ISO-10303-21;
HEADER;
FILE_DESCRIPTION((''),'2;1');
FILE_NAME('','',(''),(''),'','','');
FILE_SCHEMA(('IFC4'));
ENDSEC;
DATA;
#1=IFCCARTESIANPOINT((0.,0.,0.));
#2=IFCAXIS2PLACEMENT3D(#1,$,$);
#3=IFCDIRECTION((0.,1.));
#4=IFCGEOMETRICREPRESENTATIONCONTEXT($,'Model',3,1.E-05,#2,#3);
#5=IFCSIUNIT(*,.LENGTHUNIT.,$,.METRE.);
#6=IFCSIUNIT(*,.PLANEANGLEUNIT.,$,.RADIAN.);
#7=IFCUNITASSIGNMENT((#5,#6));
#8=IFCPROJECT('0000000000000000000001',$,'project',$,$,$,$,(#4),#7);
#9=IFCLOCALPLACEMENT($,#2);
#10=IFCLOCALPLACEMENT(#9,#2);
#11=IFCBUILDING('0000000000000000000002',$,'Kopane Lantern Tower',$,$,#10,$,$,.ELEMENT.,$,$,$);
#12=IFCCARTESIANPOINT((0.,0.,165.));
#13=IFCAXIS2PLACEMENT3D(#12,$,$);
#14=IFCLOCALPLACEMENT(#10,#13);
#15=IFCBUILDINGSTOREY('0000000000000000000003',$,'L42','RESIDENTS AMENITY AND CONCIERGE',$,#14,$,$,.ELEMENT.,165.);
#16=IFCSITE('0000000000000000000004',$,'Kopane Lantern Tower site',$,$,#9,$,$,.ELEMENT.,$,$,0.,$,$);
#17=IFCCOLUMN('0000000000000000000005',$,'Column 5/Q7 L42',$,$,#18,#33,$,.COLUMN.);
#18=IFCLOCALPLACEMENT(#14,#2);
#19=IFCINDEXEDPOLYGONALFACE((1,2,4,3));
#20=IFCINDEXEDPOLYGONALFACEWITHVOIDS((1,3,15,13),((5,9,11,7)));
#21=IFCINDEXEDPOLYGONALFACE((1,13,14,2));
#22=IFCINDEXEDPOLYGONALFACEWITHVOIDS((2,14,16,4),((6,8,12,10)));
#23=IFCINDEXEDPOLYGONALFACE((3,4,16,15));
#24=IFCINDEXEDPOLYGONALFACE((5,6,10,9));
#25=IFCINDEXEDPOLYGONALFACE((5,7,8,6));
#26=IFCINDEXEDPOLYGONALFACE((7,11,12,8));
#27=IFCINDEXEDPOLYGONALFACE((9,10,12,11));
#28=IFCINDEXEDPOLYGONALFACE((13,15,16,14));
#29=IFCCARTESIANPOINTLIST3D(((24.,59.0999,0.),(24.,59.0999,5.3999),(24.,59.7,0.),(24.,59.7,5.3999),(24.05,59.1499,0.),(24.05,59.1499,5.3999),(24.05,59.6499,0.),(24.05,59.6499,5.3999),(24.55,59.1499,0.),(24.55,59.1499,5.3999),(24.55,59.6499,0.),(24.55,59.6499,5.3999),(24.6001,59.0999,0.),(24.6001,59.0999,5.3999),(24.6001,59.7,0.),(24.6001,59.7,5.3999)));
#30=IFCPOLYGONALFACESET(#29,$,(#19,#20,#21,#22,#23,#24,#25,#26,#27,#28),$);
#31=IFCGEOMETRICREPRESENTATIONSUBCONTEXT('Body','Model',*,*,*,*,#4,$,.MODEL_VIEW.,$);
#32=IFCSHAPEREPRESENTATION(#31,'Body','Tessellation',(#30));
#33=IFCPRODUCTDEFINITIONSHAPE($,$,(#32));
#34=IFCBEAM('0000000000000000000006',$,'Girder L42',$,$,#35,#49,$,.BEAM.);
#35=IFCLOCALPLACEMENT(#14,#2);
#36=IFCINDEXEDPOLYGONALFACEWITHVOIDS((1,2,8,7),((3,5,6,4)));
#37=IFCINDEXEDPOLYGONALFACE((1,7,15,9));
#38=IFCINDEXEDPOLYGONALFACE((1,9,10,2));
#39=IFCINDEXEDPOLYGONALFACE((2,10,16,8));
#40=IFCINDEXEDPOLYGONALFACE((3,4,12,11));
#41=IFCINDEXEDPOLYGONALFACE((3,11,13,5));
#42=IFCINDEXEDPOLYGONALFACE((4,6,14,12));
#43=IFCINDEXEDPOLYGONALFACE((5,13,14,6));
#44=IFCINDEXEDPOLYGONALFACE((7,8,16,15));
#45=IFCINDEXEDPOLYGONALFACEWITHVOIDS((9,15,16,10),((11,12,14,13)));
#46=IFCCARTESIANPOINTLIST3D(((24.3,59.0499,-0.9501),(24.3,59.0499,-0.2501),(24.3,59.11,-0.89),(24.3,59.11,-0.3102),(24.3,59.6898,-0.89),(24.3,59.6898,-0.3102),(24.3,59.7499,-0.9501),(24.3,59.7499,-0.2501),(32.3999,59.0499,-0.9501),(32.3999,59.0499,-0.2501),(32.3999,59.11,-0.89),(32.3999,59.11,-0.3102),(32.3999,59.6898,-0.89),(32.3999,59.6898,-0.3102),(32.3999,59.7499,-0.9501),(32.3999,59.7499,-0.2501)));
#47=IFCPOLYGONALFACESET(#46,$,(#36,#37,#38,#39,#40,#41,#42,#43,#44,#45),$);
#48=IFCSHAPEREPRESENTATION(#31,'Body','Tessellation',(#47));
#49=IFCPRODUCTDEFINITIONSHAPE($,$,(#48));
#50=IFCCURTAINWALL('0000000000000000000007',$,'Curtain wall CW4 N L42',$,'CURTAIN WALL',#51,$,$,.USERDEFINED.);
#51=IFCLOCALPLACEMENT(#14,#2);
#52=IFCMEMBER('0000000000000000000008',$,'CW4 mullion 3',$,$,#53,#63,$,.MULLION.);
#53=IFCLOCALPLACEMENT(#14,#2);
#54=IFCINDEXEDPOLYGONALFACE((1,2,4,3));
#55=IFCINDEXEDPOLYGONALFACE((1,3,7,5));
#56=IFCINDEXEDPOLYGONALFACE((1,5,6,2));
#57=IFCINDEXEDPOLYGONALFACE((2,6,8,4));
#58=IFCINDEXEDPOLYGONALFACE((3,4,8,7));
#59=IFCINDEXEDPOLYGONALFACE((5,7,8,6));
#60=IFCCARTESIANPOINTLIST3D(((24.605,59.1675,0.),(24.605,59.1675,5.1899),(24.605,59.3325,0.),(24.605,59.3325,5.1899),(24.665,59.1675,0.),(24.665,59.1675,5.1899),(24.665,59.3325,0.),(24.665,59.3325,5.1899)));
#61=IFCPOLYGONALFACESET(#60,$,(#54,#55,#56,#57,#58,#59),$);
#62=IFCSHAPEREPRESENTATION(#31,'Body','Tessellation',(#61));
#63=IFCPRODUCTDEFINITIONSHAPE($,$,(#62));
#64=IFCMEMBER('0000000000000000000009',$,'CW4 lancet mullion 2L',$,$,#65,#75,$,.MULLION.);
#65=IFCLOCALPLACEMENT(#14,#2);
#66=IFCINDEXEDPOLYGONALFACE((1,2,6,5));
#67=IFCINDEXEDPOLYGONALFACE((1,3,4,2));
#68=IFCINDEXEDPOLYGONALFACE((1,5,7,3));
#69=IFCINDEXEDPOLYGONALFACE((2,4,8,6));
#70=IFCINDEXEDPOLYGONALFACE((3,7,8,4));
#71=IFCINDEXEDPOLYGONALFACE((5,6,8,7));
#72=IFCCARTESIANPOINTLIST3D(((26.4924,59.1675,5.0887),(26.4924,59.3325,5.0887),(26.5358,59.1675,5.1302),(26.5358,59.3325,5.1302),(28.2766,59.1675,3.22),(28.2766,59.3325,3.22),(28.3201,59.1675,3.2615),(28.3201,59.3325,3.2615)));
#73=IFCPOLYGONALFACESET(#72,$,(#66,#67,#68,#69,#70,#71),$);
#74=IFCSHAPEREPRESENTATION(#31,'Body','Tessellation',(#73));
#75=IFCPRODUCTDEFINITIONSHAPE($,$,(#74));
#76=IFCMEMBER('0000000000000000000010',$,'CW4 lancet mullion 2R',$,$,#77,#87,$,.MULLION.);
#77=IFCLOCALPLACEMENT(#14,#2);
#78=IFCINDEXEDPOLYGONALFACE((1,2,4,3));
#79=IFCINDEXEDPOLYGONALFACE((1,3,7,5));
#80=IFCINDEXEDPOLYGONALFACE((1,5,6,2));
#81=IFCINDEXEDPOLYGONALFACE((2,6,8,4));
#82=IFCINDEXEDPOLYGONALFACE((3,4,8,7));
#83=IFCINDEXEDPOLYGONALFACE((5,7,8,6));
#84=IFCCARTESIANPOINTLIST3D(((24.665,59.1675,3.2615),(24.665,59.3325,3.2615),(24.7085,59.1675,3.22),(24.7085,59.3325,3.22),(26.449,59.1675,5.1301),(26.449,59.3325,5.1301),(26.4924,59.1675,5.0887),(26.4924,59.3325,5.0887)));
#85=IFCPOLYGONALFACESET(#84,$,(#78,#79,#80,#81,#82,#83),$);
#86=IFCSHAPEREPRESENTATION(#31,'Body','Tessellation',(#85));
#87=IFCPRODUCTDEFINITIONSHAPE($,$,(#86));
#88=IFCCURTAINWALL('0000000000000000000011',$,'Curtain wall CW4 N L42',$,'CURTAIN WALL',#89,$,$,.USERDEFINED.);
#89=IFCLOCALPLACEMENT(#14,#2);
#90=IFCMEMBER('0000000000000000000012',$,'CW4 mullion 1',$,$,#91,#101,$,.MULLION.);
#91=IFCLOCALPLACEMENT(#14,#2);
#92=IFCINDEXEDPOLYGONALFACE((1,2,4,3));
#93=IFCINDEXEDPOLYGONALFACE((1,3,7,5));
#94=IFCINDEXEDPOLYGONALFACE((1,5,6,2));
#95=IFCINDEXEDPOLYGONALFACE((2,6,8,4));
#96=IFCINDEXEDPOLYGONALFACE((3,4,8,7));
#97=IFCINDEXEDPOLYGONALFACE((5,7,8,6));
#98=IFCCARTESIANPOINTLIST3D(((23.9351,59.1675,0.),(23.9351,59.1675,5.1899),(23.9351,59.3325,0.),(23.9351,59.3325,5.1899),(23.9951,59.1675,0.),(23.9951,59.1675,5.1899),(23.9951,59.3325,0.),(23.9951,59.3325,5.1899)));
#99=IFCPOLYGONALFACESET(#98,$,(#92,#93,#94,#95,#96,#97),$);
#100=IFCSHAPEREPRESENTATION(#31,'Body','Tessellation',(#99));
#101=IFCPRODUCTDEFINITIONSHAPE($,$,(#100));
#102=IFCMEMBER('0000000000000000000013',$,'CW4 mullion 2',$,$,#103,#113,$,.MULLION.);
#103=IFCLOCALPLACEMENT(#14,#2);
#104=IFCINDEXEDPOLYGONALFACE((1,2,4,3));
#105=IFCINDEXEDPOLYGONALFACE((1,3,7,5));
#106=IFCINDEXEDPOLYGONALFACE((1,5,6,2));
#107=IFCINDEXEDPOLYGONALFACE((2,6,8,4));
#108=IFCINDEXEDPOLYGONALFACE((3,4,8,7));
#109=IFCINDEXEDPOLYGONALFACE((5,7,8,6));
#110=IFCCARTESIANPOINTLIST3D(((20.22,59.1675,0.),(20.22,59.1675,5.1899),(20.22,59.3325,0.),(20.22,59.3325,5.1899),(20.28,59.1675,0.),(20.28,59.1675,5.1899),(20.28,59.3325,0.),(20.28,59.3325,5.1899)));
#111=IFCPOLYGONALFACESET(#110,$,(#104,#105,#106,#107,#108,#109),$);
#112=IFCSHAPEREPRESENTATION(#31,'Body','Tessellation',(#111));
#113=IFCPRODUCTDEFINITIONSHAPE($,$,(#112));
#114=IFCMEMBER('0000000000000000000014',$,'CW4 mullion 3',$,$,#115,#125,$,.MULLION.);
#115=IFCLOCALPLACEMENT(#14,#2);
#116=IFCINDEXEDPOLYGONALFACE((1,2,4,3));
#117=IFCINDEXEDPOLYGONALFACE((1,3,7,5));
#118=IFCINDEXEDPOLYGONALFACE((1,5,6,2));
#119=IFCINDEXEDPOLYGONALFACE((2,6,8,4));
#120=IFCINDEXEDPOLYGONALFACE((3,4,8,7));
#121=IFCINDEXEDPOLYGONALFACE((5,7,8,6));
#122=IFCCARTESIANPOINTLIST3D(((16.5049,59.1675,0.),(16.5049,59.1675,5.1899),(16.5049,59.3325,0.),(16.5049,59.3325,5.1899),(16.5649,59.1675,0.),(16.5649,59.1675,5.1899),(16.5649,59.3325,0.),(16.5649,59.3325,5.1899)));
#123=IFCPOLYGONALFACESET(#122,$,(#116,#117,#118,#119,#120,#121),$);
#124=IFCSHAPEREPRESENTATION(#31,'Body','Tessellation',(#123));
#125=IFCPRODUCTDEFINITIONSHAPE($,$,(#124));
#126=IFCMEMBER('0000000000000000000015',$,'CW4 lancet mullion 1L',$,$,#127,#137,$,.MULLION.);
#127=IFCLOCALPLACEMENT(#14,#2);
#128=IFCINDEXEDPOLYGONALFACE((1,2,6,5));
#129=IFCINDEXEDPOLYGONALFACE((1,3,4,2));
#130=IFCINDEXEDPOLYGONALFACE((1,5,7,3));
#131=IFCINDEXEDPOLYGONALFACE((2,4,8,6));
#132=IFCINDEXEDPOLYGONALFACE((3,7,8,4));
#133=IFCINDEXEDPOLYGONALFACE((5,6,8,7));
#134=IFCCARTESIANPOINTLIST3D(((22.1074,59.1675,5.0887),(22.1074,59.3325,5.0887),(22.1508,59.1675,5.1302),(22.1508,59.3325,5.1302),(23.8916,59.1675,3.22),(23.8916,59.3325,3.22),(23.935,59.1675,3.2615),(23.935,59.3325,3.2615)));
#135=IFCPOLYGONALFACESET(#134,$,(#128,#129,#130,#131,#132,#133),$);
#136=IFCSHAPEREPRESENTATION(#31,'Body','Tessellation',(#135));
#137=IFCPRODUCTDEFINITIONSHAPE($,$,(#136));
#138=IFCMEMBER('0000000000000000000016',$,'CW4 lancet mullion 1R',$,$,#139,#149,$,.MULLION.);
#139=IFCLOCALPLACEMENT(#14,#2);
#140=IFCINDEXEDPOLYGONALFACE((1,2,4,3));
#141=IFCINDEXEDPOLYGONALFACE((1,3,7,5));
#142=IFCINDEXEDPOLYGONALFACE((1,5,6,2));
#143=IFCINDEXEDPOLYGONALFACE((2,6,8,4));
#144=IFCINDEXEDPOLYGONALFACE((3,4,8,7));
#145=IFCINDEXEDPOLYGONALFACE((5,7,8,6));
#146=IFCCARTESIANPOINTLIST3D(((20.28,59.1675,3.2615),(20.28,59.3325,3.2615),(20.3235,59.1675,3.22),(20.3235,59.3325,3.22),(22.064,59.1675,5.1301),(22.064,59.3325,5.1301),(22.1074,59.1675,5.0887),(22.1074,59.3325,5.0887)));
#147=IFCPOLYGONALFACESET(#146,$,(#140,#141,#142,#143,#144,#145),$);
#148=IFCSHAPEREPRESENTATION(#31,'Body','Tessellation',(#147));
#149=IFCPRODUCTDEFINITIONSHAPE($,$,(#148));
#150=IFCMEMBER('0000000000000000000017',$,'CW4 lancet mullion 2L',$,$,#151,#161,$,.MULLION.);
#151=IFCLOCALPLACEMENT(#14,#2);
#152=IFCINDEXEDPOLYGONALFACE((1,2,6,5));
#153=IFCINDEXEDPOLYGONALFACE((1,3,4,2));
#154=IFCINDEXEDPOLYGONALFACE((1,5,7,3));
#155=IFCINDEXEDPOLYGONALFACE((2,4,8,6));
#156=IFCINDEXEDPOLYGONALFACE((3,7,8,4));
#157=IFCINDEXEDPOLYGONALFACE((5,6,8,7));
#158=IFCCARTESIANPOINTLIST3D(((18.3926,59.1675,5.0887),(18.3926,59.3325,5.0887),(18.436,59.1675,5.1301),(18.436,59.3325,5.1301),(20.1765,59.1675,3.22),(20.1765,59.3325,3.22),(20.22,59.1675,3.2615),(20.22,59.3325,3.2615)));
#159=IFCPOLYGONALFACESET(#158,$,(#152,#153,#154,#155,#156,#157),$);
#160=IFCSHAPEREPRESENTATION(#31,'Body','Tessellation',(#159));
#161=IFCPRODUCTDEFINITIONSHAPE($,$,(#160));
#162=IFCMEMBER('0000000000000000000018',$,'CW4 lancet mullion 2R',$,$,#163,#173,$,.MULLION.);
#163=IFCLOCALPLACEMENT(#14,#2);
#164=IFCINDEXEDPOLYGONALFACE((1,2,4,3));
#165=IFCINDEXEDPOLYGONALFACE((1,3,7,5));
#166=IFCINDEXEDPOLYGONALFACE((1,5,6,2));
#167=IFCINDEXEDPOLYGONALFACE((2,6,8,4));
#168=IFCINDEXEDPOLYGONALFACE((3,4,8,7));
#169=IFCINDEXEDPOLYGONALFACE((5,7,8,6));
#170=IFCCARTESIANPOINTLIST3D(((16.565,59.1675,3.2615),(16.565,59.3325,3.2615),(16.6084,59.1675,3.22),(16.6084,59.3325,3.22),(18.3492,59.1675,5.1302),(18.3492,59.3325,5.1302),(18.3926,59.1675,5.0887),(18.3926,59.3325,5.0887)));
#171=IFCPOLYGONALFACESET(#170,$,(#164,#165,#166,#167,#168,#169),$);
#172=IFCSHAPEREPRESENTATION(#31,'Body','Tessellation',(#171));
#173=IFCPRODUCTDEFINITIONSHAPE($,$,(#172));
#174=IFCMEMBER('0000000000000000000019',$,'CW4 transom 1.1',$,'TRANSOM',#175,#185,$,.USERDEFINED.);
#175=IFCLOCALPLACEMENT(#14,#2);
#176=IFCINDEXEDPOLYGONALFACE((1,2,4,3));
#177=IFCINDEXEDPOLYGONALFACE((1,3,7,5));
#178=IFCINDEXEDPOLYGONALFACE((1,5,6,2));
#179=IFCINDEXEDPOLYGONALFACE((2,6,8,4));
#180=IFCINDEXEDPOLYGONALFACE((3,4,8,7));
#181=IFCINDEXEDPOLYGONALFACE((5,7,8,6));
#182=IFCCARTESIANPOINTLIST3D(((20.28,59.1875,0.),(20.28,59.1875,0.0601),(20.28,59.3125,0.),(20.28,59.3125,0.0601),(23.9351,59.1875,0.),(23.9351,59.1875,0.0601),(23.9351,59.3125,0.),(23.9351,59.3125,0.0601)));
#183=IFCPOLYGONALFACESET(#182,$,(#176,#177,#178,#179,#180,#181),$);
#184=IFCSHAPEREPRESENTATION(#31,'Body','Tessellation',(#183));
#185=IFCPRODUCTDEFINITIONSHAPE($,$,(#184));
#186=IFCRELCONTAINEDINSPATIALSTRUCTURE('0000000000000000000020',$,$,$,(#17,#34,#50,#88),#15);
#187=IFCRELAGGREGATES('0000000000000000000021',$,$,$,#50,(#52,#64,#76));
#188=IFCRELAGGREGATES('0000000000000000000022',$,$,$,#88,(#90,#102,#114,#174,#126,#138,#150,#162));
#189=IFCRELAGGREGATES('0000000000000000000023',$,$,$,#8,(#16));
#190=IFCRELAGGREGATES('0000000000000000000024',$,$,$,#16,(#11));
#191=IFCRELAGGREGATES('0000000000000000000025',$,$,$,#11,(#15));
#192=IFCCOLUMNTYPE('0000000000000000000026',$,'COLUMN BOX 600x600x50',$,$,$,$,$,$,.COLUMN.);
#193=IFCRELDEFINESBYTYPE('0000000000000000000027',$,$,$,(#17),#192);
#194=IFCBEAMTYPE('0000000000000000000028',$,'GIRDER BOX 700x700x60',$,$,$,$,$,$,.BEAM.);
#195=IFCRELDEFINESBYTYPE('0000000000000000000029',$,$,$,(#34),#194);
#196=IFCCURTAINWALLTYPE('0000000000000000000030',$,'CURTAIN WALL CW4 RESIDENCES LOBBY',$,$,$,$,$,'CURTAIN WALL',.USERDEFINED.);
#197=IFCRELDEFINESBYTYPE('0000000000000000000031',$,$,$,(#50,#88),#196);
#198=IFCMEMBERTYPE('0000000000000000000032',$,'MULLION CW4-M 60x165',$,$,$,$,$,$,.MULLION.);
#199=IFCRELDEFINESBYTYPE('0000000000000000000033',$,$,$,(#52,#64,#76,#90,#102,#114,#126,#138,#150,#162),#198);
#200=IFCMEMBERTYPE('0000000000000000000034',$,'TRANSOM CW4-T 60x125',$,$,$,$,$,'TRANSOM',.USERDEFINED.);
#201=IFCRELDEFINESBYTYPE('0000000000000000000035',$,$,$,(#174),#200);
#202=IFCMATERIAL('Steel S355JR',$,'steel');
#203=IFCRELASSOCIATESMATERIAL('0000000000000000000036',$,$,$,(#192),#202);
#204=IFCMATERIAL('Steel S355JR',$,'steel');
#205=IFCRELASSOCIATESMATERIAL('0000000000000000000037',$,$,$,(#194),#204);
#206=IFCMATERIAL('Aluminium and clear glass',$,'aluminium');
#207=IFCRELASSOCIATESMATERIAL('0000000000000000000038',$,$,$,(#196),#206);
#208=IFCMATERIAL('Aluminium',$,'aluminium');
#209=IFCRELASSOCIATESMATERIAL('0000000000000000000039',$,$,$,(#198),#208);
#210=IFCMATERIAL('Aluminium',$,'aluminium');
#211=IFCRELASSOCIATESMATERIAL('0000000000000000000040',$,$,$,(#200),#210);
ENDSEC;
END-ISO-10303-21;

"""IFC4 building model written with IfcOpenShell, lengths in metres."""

from ifc_helpers import new_model, si_unit, direction, frame, origin, origin_2d, place, context, subcontext, project, spatial, rectangle, hollow_rectangle, extrude, material, material_profile, profile_set, type_object, element, aggregate, save


model = new_model("IFC4")

# Units and contexts
model_context = context("Model", 3, precision=1e-05, world=origin(), true_north=direction((0.0, 1.0)))
body_context = subcontext(model_context, "Body", "Model", "MODEL_VIEW")
ifc_project = project(units=[si_unit("LENGTHUNIT", "METRE"), si_unit("PLANEANGLEUNIT", "RADIAN")], contexts=[model_context])

# Site, building, storey
site_placement = place(None, origin())
site = spatial("IfcSite", under=ifc_project, at=site_placement, Name="Kopane Lantern Tower site", CompositionType="ELEMENT", RefElevation=0.0)
building_placement = place(site_placement, origin())
building = spatial("IfcBuilding", under=site, at=building_placement, Name="Kopane Lantern Tower", CompositionType="ELEMENT")
storey_placement = place(building_placement, frame((0.0, 0.0, 165.0)))
storey = spatial("IfcBuildingStorey", under=building, at=storey_placement, Name="L42", Description="RESIDENTS AMENITY AND CONCIERGE", CompositionType="ELEMENT", Elevation=165.0)

# Column
ifc_material_1 = material(Name="Steel S355JR", Category="steel")
ifc_material_profile_1 = material_profile(ifc_material_1, hollow_rectangle(XDim=0.6001, YDim=0.6001, WallThickness=0.05, at=origin_2d()), Name="BOX 600x600x50")
ifc_profile_set_1 = profile_set([ifc_material_profile_1], Name="Steel S355JR")
column_type = type_object("IfcColumnType", Name="COLUMN BOX 600x600x50", PredefinedType="COLUMN", material=ifc_profile_set_1)
column_placement = place(storey_placement, frame((24.3, 59.3999, 0.0), z_axis=(0.0, 0.0, 1.0), x_axis=(1.0, 0.0, 0.0)))
element("IfcColumn", 1, at=column_placement, inside=storey, type_object=column_type, Name="Column 5/Q7 L42", PredefinedType="COLUMN", context=body_context, shape_type="SweptSolid", body=[
    extrude(hollow_rectangle(XDim=0.6001, YDim=0.6001, WallThickness=0.05, at=origin_2d()), origin(), (0.0, 0.0, 1.0), 5.3999),
])

# Beam
ifc_material_2 = material(Name="Steel S355JR", Category="steel")
ifc_material_profile_2 = material_profile(ifc_material_2, hollow_rectangle(XDim=0.7, YDim=0.7, WallThickness=0.0601, at=origin_2d()), Name="BOX 700x700x60")
ifc_profile_set_2 = profile_set([ifc_material_profile_2], Name="Steel S355JR")
beam_type = type_object("IfcBeamType", Name="GIRDER BOX 700x700x60", PredefinedType="BEAM", material=ifc_profile_set_2)
beam_placement = place(storey_placement, frame((24.3, 59.3999, -0.6001), z_axis=(1.0, 0.0, 0.0), x_axis=(0.0, 1.0, 0.0)))
element("IfcBeam", 2, at=beam_placement, inside=storey, type_object=beam_type, Name="Girder L42", PredefinedType="BEAM", context=body_context, shape_type="SweptSolid", body=[
    extrude(hollow_rectangle(XDim=0.7, YDim=0.7, WallThickness=0.0601, at=origin_2d()), origin(), (0.0, 0.0, 1.0), 8.0999),
])

# Curtain walls, members
ifc_material_3 = material(Name="Aluminium and clear glass", Category="aluminium")
curtain_wall_type = type_object("IfcCurtainWallType", Name="CURTAIN WALL CW4 RESIDENCES LOBBY", ElementType="CURTAIN WALL", PredefinedType="USERDEFINED", material=ifc_material_3)
curtain_wall_1_placement = place(storey_placement, origin())
curtain_wall_1 = element("IfcCurtainWall", 3, at=curtain_wall_1_placement, inside=storey, type_object=curtain_wall_type, Name="Curtain wall CW4 N L42", ObjectType="CURTAIN WALL", PredefinedType="USERDEFINED")
ifc_material_4 = material(Name="Aluminium", Category="aluminium")
ifc_material_profile_3 = material_profile(ifc_material_4, rectangle(XDim=0.0601, YDim=0.165, at=origin_2d()), Name="AL 60x165")
ifc_profile_set_3 = profile_set([ifc_material_profile_3], Name="Aluminium")
member_type_1 = type_object("IfcMemberType", Name="MULLION CW4-M 60x165", PredefinedType="MULLION", material=ifc_profile_set_3)
member_1_placement = place(storey_placement, frame((24.635, 59.25, 0.0), z_axis=(0.0, 0.0, 1.0), x_axis=(-1.0, 0.0, 0.0)))
member_1 = element("IfcMember", 4, at=member_1_placement, type_object=member_type_1, Name="CW4 mullion 3", PredefinedType="MULLION", context=body_context, shape_type="SweptSolid", body=[
    extrude(rectangle(XDim=0.0601, YDim=0.165, at=origin_2d()), origin(), (0.0, 0.0, 1.0), 5.1899),
])
member_2_placement = place(storey_placement, frame((28.2983, 59.25, 3.2407), z_axis=(-0.69057, 0.0, 0.723265), x_axis=(0.723265, 0.0, 0.69057)))
member_2 = element("IfcMember", 5, at=member_2_placement, type_object=member_type_1, Name="CW4 lancet mullion 2L", PredefinedType="MULLION", context=body_context, shape_type="SweptSolid", body=[
    extrude(rectangle(XDim=0.0601, YDim=0.165, at=origin_2d()), origin(), (0.0, 0.0, 1.0), 2.5837),
])
member_3_placement = place(storey_placement, frame((24.6868, 59.25, 3.2407), z_axis=(0.690521, 0.0, 0.723313), x_axis=(-0.723313, 0.0, 0.690521)))
member_3 = element("IfcMember", 6, at=member_3_placement, type_object=member_type_1, Name="CW4 lancet mullion 2R", PredefinedType="MULLION", context=body_context, shape_type="SweptSolid", body=[
    extrude(rectangle(XDim=0.0601, YDim=0.165, at=origin_2d()), origin(), (0.0, 0.0, 1.0), 2.5835),
])
curtain_wall_2_placement = place(storey_placement, origin())
curtain_wall_2 = element("IfcCurtainWall", 7, at=curtain_wall_2_placement, inside=storey, type_object=curtain_wall_type, Name="Curtain wall CW4 N L42", ObjectType="CURTAIN WALL", PredefinedType="USERDEFINED")
member_4_placement = place(storey_placement, frame((23.9651, 59.25, 0.0), z_axis=(0.0, 0.0, 1.0), x_axis=(-1.0, 0.0, 0.0)))
member_4 = element("IfcMember", 8, at=member_4_placement, type_object=member_type_1, Name="CW4 mullion 1", PredefinedType="MULLION", context=body_context, shape_type="SweptSolid", body=[
    extrude(rectangle(XDim=0.0601, YDim=0.165, at=origin_2d()), origin(), (0.0, 0.0, 1.0), 5.1899),
])
member_5_placement = place(storey_placement, frame((20.25, 59.25, 0.0), z_axis=(0.0, 0.0, 1.0), x_axis=(-1.0, 0.0, 0.0)))
member_5 = element("IfcMember", 9, at=member_5_placement, type_object=member_type_1, Name="CW4 mullion 2", PredefinedType="MULLION", context=body_context, shape_type="SweptSolid", body=[
    extrude(rectangle(XDim=0.0601, YDim=0.165, at=origin_2d()), origin(), (0.0, 0.0, 1.0), 5.1899),
])
member_6_placement = place(storey_placement, frame((16.5349, 59.25, 0.0), z_axis=(0.0, 0.0, 1.0), x_axis=(-1.0, 0.0, 0.0)))
member_6 = element("IfcMember", 10, at=member_6_placement, type_object=member_type_1, Name="CW4 mullion 3", PredefinedType="MULLION", context=body_context, shape_type="SweptSolid", body=[
    extrude(rectangle(XDim=0.0601, YDim=0.165, at=origin_2d()), origin(), (0.0, 0.0, 1.0), 5.1899),
])
member_7_placement = place(storey_placement, frame((23.9133, 59.25, 3.2407), z_axis=(-0.69057, 0.0, 0.723265), x_axis=(0.723265, 0.0, 0.69057)))
member_7 = element("IfcMember", 11, at=member_7_placement, type_object=member_type_1, Name="CW4 lancet mullion 1L", PredefinedType="MULLION", context=body_context, shape_type="SweptSolid", body=[
    extrude(rectangle(XDim=0.0601, YDim=0.165, at=origin_2d()), origin(), (0.0, 0.0, 1.0), 2.5837),
])
member_8_placement = place(storey_placement, frame((20.3018, 59.25, 3.2407), z_axis=(0.690521, 0.0, 0.723313), x_axis=(-0.723313, 0.0, 0.690521)))
member_8 = element("IfcMember", 12, at=member_8_placement, type_object=member_type_1, Name="CW4 lancet mullion 1R", PredefinedType="MULLION", context=body_context, shape_type="SweptSolid", body=[
    extrude(rectangle(XDim=0.0601, YDim=0.165, at=origin_2d()), origin(), (0.0, 0.0, 1.0), 2.5835),
])
member_9_placement = place(storey_placement, frame((20.1982, 59.25, 3.2407), z_axis=(-0.690521, 0.0, 0.723313), x_axis=(0.723313, 0.0, 0.690521)))
member_9 = element("IfcMember", 13, at=member_9_placement, type_object=member_type_1, Name="CW4 lancet mullion 2L", PredefinedType="MULLION", context=body_context, shape_type="SweptSolid", body=[
    extrude(rectangle(XDim=0.0601, YDim=0.165, at=origin_2d()), origin(), (0.0, 0.0, 1.0), 2.5835),
])
member_10_placement = place(storey_placement, frame((16.5867, 59.25, 3.2407), z_axis=(0.69057, 0.0, 0.723265), x_axis=(-0.723265, 0.0, 0.69057)))
member_10 = element("IfcMember", 14, at=member_10_placement, type_object=member_type_1, Name="CW4 lancet mullion 2R", PredefinedType="MULLION", context=body_context, shape_type="SweptSolid", body=[
    extrude(rectangle(XDim=0.0601, YDim=0.165, at=origin_2d()), origin(), (0.0, 0.0, 1.0), 2.5837),
])
ifc_material_5 = material(Name="Aluminium", Category="aluminium")
ifc_material_profile_4 = material_profile(ifc_material_5, rectangle(XDim=0.125, YDim=0.0601, at=origin_2d()), Name="AL 125x60")
ifc_profile_set_4 = profile_set([ifc_material_profile_4], Name="Aluminium")
member_type_2 = type_object("IfcMemberType", Name="TRANSOM CW4-T 60x125", ElementType="TRANSOM", PredefinedType="USERDEFINED", material=ifc_profile_set_4)
member_11_placement = place(storey_placement, frame((23.9351, 59.25, 0.03), z_axis=(-1.0, 0.0, 0.0), x_axis=(0.0, -1.0, 0.0)))
member_11 = element("IfcMember", 15, at=member_11_placement, type_object=member_type_2, Name="CW4 transom 1.1", ObjectType="TRANSOM", PredefinedType="USERDEFINED", context=body_context, shape_type="SweptSolid", body=[
    extrude(rectangle(XDim=0.125, YDim=0.0601, at=origin_2d()), origin(), (0.0, 0.0, 1.0), 3.655),
])

aggregate(curtain_wall_1, [member_1, member_2, member_3])
aggregate(curtain_wall_2, [member_4, member_5, member_6, member_11, member_7, member_8, member_9, member_10])

save(model, "model.ifc")
